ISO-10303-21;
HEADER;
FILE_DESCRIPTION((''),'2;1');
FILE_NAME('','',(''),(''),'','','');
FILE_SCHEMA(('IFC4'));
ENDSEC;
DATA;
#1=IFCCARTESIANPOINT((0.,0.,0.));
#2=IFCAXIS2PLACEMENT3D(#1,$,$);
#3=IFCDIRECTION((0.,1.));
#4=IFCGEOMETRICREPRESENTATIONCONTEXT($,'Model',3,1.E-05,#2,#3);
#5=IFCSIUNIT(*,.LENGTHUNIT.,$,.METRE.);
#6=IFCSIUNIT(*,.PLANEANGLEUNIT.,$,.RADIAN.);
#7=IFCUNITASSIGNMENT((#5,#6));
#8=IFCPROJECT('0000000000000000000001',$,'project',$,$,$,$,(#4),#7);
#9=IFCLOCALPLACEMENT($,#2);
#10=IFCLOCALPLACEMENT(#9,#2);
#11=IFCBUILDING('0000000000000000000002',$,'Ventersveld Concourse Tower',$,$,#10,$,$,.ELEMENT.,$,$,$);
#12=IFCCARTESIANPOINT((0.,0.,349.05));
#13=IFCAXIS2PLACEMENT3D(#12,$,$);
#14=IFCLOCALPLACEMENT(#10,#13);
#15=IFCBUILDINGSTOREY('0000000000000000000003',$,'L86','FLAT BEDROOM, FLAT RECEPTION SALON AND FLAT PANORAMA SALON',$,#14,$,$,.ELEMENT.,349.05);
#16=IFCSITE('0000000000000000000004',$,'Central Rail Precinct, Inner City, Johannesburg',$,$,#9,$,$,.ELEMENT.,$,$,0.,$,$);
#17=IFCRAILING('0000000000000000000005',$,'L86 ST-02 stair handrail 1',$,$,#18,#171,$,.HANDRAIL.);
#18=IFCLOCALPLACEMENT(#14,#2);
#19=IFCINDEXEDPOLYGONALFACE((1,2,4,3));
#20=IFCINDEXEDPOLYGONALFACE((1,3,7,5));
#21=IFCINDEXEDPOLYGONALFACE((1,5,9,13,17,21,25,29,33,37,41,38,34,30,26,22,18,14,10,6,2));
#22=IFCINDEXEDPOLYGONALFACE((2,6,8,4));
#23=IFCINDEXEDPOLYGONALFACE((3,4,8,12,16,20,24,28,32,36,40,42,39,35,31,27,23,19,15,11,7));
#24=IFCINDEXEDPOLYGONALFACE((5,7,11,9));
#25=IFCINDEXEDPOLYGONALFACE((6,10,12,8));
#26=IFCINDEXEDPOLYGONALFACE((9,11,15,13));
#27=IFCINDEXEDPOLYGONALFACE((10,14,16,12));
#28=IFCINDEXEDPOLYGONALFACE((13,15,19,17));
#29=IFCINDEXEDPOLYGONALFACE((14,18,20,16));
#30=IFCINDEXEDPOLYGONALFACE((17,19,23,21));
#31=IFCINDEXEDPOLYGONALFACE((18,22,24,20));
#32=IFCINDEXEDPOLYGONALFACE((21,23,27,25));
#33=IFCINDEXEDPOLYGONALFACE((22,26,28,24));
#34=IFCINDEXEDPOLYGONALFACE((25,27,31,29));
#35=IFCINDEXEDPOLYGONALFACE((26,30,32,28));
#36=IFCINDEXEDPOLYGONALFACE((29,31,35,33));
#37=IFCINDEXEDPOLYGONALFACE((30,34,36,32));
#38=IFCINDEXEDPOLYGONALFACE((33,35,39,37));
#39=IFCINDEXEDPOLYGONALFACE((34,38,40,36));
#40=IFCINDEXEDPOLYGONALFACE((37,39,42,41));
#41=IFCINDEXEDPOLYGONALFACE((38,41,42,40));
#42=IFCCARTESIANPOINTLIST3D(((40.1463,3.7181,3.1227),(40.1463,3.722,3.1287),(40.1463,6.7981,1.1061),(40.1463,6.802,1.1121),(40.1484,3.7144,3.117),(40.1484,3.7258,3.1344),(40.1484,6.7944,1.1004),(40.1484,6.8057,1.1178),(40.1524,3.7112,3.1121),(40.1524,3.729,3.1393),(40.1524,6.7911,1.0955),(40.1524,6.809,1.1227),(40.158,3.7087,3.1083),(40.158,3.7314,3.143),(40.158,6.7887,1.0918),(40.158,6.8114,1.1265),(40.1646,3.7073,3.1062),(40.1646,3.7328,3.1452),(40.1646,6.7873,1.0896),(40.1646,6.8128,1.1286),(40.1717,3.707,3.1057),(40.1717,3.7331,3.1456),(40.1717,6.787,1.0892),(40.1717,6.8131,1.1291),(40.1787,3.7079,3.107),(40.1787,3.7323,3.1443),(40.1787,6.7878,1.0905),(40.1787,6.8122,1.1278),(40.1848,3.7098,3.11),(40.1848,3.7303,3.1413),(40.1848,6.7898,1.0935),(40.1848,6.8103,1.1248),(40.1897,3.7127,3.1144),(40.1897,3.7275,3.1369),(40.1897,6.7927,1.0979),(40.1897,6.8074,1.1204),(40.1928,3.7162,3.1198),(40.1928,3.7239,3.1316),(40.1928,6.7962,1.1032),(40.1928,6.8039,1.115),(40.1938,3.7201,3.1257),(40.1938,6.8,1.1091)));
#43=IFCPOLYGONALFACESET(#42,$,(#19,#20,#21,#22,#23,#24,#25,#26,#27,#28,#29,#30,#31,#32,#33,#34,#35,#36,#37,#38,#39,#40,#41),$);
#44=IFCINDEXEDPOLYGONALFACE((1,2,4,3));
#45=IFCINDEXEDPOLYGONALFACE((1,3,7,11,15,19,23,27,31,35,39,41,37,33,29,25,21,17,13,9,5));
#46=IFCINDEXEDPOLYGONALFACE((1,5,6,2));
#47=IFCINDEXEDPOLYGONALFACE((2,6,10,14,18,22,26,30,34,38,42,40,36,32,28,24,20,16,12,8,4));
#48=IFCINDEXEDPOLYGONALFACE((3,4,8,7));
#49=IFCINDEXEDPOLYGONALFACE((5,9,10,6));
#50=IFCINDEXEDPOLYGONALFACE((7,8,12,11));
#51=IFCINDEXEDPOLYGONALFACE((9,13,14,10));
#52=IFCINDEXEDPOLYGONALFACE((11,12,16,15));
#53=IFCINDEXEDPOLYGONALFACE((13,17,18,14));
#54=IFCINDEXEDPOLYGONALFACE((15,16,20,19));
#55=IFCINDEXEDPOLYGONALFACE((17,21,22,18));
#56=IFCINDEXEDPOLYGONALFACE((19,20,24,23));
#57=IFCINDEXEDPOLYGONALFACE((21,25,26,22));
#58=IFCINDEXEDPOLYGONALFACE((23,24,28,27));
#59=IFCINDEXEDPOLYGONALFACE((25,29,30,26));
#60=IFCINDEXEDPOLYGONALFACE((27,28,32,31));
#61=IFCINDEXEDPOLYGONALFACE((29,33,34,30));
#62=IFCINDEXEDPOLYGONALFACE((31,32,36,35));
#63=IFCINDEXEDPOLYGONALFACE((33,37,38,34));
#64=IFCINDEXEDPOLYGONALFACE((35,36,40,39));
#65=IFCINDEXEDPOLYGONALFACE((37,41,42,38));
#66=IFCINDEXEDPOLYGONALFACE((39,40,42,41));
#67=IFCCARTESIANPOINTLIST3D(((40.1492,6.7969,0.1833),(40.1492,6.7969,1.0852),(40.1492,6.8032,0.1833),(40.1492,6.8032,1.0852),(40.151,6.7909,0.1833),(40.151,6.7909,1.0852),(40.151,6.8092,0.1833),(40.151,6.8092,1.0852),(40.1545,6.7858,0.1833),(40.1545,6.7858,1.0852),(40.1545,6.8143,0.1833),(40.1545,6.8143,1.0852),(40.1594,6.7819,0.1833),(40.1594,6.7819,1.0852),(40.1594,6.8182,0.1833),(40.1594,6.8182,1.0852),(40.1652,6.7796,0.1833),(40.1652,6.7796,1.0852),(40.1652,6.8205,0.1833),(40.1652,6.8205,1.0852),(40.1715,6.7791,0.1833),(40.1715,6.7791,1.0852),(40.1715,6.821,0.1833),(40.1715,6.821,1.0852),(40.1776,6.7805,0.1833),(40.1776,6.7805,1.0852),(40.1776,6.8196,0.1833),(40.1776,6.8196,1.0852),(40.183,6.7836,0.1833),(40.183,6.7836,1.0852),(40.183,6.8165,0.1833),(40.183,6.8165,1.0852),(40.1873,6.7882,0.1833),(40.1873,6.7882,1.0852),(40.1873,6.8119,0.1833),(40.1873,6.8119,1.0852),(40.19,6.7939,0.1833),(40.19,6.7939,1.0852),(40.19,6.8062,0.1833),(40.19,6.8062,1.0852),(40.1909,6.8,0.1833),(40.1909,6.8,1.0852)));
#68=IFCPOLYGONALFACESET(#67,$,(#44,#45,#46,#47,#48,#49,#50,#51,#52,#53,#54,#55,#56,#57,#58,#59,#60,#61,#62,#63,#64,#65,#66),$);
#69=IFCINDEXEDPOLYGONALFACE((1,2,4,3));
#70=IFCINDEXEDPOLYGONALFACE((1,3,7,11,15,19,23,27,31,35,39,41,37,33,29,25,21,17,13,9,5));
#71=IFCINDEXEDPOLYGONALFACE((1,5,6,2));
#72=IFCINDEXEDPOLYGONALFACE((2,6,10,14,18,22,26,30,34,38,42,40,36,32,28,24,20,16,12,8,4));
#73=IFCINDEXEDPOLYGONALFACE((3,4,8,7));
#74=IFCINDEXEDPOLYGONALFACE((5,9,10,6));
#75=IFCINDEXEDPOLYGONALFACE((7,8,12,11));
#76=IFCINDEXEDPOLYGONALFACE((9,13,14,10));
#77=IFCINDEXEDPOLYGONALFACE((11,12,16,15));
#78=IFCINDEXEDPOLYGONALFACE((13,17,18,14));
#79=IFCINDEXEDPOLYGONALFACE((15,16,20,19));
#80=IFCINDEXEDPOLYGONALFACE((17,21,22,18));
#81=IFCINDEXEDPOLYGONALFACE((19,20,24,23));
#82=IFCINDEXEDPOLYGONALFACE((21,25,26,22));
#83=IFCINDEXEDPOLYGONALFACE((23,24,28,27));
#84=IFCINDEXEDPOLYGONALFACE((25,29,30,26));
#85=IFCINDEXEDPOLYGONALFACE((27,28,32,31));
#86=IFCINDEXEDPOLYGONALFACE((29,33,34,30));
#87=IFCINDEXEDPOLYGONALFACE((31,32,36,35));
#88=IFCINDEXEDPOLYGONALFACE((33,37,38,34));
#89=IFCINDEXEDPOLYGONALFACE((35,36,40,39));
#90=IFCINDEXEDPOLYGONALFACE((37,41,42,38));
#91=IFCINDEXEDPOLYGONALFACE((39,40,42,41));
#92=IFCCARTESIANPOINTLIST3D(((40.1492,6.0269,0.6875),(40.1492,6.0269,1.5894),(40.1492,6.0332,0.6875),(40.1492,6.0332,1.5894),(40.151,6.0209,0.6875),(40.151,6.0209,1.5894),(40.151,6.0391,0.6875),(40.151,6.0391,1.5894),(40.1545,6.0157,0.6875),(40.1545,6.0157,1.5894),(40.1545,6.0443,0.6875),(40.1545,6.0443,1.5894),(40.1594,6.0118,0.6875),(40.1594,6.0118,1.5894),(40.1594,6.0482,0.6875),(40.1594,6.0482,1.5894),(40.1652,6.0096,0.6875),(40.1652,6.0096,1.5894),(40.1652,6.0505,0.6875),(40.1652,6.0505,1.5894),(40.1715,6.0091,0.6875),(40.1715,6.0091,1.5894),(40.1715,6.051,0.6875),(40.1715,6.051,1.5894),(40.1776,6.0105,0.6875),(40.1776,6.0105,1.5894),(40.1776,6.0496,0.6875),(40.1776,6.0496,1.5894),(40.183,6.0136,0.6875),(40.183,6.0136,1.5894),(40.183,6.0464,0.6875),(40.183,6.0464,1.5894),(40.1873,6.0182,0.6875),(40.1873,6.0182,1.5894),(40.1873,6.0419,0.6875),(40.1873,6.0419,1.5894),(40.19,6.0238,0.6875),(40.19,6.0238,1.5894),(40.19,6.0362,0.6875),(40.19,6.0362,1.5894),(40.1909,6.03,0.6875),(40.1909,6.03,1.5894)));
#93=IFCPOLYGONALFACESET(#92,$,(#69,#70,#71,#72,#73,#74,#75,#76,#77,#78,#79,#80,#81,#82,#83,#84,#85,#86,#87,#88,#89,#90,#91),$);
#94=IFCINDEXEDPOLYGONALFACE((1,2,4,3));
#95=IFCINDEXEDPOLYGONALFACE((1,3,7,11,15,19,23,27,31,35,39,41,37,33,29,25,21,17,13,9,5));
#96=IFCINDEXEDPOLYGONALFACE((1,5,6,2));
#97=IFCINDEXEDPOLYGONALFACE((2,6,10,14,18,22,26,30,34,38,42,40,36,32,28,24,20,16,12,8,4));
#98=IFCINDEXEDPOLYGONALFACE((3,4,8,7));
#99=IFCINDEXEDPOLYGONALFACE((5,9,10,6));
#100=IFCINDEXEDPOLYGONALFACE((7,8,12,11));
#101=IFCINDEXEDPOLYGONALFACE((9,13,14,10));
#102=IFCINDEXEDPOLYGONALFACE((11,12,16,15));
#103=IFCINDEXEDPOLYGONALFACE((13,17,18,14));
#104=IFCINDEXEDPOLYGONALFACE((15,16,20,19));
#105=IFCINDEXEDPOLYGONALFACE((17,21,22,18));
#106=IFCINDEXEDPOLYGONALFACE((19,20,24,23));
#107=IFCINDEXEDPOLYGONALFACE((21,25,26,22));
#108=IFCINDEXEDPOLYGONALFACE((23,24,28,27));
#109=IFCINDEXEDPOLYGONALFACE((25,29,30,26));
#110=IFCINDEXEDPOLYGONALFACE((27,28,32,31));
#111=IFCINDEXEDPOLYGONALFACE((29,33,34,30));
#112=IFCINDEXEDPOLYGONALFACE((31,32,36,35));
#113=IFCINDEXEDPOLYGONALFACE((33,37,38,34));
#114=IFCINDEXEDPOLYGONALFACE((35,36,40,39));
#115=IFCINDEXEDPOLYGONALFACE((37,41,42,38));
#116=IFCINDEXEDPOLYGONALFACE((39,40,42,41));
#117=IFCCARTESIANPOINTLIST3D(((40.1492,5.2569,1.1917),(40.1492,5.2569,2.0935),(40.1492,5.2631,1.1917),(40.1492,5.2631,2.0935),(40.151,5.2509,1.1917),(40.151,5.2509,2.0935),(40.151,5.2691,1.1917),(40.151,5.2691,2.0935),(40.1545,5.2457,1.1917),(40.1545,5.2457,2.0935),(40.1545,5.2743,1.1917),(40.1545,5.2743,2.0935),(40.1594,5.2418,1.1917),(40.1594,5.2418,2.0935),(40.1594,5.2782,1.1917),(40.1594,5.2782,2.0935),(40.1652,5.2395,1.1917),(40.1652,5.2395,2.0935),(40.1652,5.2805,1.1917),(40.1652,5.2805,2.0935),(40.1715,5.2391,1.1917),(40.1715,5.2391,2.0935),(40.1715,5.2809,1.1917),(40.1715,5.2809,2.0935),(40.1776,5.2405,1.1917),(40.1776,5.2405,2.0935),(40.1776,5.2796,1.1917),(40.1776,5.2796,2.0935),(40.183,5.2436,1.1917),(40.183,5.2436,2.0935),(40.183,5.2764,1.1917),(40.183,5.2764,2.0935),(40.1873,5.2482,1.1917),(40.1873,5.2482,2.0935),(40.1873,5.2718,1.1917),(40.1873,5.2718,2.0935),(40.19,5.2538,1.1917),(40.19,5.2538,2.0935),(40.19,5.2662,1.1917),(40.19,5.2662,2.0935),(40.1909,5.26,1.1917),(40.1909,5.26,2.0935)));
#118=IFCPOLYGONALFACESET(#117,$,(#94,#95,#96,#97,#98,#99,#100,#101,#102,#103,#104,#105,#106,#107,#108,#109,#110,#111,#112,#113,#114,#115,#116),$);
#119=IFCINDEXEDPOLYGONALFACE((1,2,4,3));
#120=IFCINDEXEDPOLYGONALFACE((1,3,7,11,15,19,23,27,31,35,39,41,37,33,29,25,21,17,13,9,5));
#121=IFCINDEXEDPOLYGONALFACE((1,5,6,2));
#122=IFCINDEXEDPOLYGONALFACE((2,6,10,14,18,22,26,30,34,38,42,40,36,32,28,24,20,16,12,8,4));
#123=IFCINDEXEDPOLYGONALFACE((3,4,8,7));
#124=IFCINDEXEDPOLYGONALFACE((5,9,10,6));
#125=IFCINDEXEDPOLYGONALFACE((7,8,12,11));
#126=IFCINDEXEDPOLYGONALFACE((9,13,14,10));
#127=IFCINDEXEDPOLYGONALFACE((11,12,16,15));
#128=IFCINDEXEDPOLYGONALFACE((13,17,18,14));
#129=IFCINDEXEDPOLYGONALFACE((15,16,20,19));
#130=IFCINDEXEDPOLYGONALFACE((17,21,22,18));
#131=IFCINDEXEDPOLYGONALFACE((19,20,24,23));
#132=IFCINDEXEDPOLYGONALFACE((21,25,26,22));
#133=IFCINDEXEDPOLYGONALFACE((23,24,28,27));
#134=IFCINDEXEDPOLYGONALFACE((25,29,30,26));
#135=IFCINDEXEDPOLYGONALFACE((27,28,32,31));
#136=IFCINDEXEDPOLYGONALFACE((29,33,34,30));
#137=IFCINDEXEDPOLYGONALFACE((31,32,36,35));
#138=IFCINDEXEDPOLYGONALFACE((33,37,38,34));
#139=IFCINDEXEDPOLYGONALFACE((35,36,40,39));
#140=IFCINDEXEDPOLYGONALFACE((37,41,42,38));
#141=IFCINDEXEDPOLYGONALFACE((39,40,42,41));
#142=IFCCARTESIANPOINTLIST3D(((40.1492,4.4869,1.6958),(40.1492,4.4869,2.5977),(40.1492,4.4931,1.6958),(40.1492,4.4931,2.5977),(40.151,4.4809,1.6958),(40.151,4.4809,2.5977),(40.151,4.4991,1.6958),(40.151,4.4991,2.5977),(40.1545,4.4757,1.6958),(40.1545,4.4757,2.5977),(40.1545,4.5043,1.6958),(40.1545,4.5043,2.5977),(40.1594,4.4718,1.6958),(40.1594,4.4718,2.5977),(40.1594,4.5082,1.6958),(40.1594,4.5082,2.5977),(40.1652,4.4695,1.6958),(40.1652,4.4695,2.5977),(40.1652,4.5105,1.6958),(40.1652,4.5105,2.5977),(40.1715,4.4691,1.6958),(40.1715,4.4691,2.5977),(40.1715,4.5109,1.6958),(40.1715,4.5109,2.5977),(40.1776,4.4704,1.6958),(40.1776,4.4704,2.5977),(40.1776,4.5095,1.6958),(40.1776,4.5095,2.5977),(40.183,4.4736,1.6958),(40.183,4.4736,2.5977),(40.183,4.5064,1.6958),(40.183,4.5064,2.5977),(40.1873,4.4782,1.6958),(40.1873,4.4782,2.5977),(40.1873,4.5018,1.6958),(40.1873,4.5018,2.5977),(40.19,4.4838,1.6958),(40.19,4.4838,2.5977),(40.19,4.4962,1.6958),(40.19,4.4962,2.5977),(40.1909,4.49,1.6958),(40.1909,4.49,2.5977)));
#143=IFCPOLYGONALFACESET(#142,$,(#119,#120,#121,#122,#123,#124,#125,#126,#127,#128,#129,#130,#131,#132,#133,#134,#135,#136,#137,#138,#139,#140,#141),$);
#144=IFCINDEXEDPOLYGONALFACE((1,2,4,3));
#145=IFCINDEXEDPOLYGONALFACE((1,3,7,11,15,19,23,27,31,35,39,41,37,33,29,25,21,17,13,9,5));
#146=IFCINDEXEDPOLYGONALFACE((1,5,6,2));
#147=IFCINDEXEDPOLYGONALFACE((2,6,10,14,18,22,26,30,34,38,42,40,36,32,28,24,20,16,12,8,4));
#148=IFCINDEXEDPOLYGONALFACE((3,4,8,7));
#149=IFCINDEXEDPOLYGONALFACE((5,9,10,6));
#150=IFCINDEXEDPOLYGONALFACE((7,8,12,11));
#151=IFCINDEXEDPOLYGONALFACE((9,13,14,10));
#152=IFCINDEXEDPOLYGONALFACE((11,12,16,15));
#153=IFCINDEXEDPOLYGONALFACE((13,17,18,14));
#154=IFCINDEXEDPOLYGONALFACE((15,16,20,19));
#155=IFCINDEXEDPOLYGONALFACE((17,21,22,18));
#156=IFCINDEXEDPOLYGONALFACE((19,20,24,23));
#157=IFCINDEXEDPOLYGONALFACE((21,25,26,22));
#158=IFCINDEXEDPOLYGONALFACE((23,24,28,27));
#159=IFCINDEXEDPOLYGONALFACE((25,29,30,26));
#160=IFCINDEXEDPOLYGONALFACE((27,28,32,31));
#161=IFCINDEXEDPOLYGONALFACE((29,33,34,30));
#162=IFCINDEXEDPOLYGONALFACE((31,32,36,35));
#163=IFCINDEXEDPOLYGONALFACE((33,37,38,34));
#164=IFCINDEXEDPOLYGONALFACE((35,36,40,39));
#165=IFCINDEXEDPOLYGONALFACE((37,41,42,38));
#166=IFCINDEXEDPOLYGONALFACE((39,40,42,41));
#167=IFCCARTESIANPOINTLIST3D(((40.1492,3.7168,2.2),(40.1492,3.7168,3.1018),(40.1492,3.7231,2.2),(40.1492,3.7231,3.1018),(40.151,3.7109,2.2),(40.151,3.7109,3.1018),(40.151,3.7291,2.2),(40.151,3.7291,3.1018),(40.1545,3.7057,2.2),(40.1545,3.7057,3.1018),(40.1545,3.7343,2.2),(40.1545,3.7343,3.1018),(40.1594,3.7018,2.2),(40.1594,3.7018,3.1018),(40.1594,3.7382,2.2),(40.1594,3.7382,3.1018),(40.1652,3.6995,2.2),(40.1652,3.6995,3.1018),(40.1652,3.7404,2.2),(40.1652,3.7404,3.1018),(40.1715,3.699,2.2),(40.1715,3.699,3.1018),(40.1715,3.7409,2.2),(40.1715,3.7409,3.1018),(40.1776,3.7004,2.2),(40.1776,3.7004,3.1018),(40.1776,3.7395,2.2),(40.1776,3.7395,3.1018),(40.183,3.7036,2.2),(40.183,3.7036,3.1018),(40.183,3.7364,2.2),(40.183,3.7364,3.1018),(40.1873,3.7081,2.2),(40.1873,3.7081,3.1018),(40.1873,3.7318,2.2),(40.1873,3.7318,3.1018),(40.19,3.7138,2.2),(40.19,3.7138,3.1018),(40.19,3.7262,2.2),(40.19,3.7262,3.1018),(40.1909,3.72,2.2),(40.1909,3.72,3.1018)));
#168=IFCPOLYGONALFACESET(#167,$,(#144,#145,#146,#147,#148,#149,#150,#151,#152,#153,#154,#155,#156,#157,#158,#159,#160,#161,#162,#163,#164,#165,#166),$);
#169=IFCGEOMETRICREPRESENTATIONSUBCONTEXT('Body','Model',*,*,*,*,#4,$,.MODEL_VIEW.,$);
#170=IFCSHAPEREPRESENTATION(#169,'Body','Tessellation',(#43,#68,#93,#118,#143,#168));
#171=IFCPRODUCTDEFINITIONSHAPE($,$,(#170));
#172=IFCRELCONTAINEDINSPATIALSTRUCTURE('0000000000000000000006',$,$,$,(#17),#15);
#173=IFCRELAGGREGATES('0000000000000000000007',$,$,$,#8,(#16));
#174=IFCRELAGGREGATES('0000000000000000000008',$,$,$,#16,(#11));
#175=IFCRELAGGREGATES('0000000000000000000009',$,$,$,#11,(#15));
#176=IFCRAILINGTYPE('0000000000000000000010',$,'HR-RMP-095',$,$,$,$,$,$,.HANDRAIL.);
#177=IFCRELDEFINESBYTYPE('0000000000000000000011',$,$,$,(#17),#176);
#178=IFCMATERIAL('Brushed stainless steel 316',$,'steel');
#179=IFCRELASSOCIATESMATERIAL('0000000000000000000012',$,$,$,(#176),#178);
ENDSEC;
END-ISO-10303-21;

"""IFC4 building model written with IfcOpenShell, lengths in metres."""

from ifc_helpers import new_model, si_unit, direction, frame, origin, origin_2d, place, context, subcontext, project, spatial, circle, extrude, material, type_object, element, save


model = new_model("IFC4")

# Units and contexts
model_context = context("Model", 3, precision=1e-05, world=origin(), true_north=direction((0.0, 1.0)))
body_context = subcontext(model_context, "Body", "Model", "MODEL_VIEW")
ifc_project = project(units=[si_unit("LENGTHUNIT", "METRE"), si_unit("PLANEANGLEUNIT", "RADIAN")], contexts=[model_context])

# Site, building, storey
site_placement = place(None, origin())
site = spatial("IfcSite", under=ifc_project, at=site_placement, Name="Central Rail Precinct, Inner City, Johannesburg", CompositionType="ELEMENT", RefElevation=0.0)
building_placement = place(site_placement, origin())
building = spatial("IfcBuilding", under=site, at=building_placement, Name="Ventersveld Concourse Tower", CompositionType="ELEMENT")
storey_placement = place(building_placement, frame((0.0, 0.0, 349.05)))
storey = spatial("IfcBuildingStorey", under=building, at=storey_placement, Name="L86", Description="FLAT BEDROOM, FLAT RECEPTION SALON AND FLAT PANORAMA SALON", CompositionType="ELEMENT", Elevation=349.05)

# Shared definitions
ifc_material_1 = material(Name="Brushed stainless steel 316", Category="steel")

# Railing
railing_type_1 = type_object("IfcRailingType", Name="HR-RMP-095", PredefinedType="HANDRAIL", material=ifc_material_1)
railing_1_placement = place(storey_placement, frame((40.1699, 6.8, 0.1833)))
element("IfcRailing", 1, at=railing_1_placement, inside=storey, type_object=railing_type_1, Name="L86 ST-02 stair handrail 1", PredefinedType="HANDRAIL", context=body_context, shape_type="SweptSolid", body=[
    extrude(circle(Radius=0.0239, at=origin_2d()), frame((0.0, 0.0, 0.9258), z_axis=(0.0, -0.836633, 0.547764), x_axis=(1.0, 0.0, 0.0)), (0.0, 0.0, 1.0), 3.6814),
    extrude(circle(Radius=0.021, at=origin_2d()), origin(), (0.0, 0.0, 1.0), 0.9019),
    extrude(circle(Radius=0.021, at=origin_2d()), frame((0.0, -0.77, 0.5042)), (0.0, 0.0, 1.0), 0.9019),
    extrude(circle(Radius=0.021, at=origin_2d()), frame((0.0, -1.54, 1.0083)), (0.0, 0.0, 1.0), 0.9019),
    extrude(circle(Radius=0.021, at=origin_2d()), frame((0.0, -2.3101, 1.5125)), (0.0, 0.0, 1.0), 0.9019),
    extrude(circle(Radius=0.021, at=origin_2d()), frame((0.0, -3.0801, 2.0166)), (0.0, 0.0, 1.0), 0.9019),
])

save(model, "model.ifc")
